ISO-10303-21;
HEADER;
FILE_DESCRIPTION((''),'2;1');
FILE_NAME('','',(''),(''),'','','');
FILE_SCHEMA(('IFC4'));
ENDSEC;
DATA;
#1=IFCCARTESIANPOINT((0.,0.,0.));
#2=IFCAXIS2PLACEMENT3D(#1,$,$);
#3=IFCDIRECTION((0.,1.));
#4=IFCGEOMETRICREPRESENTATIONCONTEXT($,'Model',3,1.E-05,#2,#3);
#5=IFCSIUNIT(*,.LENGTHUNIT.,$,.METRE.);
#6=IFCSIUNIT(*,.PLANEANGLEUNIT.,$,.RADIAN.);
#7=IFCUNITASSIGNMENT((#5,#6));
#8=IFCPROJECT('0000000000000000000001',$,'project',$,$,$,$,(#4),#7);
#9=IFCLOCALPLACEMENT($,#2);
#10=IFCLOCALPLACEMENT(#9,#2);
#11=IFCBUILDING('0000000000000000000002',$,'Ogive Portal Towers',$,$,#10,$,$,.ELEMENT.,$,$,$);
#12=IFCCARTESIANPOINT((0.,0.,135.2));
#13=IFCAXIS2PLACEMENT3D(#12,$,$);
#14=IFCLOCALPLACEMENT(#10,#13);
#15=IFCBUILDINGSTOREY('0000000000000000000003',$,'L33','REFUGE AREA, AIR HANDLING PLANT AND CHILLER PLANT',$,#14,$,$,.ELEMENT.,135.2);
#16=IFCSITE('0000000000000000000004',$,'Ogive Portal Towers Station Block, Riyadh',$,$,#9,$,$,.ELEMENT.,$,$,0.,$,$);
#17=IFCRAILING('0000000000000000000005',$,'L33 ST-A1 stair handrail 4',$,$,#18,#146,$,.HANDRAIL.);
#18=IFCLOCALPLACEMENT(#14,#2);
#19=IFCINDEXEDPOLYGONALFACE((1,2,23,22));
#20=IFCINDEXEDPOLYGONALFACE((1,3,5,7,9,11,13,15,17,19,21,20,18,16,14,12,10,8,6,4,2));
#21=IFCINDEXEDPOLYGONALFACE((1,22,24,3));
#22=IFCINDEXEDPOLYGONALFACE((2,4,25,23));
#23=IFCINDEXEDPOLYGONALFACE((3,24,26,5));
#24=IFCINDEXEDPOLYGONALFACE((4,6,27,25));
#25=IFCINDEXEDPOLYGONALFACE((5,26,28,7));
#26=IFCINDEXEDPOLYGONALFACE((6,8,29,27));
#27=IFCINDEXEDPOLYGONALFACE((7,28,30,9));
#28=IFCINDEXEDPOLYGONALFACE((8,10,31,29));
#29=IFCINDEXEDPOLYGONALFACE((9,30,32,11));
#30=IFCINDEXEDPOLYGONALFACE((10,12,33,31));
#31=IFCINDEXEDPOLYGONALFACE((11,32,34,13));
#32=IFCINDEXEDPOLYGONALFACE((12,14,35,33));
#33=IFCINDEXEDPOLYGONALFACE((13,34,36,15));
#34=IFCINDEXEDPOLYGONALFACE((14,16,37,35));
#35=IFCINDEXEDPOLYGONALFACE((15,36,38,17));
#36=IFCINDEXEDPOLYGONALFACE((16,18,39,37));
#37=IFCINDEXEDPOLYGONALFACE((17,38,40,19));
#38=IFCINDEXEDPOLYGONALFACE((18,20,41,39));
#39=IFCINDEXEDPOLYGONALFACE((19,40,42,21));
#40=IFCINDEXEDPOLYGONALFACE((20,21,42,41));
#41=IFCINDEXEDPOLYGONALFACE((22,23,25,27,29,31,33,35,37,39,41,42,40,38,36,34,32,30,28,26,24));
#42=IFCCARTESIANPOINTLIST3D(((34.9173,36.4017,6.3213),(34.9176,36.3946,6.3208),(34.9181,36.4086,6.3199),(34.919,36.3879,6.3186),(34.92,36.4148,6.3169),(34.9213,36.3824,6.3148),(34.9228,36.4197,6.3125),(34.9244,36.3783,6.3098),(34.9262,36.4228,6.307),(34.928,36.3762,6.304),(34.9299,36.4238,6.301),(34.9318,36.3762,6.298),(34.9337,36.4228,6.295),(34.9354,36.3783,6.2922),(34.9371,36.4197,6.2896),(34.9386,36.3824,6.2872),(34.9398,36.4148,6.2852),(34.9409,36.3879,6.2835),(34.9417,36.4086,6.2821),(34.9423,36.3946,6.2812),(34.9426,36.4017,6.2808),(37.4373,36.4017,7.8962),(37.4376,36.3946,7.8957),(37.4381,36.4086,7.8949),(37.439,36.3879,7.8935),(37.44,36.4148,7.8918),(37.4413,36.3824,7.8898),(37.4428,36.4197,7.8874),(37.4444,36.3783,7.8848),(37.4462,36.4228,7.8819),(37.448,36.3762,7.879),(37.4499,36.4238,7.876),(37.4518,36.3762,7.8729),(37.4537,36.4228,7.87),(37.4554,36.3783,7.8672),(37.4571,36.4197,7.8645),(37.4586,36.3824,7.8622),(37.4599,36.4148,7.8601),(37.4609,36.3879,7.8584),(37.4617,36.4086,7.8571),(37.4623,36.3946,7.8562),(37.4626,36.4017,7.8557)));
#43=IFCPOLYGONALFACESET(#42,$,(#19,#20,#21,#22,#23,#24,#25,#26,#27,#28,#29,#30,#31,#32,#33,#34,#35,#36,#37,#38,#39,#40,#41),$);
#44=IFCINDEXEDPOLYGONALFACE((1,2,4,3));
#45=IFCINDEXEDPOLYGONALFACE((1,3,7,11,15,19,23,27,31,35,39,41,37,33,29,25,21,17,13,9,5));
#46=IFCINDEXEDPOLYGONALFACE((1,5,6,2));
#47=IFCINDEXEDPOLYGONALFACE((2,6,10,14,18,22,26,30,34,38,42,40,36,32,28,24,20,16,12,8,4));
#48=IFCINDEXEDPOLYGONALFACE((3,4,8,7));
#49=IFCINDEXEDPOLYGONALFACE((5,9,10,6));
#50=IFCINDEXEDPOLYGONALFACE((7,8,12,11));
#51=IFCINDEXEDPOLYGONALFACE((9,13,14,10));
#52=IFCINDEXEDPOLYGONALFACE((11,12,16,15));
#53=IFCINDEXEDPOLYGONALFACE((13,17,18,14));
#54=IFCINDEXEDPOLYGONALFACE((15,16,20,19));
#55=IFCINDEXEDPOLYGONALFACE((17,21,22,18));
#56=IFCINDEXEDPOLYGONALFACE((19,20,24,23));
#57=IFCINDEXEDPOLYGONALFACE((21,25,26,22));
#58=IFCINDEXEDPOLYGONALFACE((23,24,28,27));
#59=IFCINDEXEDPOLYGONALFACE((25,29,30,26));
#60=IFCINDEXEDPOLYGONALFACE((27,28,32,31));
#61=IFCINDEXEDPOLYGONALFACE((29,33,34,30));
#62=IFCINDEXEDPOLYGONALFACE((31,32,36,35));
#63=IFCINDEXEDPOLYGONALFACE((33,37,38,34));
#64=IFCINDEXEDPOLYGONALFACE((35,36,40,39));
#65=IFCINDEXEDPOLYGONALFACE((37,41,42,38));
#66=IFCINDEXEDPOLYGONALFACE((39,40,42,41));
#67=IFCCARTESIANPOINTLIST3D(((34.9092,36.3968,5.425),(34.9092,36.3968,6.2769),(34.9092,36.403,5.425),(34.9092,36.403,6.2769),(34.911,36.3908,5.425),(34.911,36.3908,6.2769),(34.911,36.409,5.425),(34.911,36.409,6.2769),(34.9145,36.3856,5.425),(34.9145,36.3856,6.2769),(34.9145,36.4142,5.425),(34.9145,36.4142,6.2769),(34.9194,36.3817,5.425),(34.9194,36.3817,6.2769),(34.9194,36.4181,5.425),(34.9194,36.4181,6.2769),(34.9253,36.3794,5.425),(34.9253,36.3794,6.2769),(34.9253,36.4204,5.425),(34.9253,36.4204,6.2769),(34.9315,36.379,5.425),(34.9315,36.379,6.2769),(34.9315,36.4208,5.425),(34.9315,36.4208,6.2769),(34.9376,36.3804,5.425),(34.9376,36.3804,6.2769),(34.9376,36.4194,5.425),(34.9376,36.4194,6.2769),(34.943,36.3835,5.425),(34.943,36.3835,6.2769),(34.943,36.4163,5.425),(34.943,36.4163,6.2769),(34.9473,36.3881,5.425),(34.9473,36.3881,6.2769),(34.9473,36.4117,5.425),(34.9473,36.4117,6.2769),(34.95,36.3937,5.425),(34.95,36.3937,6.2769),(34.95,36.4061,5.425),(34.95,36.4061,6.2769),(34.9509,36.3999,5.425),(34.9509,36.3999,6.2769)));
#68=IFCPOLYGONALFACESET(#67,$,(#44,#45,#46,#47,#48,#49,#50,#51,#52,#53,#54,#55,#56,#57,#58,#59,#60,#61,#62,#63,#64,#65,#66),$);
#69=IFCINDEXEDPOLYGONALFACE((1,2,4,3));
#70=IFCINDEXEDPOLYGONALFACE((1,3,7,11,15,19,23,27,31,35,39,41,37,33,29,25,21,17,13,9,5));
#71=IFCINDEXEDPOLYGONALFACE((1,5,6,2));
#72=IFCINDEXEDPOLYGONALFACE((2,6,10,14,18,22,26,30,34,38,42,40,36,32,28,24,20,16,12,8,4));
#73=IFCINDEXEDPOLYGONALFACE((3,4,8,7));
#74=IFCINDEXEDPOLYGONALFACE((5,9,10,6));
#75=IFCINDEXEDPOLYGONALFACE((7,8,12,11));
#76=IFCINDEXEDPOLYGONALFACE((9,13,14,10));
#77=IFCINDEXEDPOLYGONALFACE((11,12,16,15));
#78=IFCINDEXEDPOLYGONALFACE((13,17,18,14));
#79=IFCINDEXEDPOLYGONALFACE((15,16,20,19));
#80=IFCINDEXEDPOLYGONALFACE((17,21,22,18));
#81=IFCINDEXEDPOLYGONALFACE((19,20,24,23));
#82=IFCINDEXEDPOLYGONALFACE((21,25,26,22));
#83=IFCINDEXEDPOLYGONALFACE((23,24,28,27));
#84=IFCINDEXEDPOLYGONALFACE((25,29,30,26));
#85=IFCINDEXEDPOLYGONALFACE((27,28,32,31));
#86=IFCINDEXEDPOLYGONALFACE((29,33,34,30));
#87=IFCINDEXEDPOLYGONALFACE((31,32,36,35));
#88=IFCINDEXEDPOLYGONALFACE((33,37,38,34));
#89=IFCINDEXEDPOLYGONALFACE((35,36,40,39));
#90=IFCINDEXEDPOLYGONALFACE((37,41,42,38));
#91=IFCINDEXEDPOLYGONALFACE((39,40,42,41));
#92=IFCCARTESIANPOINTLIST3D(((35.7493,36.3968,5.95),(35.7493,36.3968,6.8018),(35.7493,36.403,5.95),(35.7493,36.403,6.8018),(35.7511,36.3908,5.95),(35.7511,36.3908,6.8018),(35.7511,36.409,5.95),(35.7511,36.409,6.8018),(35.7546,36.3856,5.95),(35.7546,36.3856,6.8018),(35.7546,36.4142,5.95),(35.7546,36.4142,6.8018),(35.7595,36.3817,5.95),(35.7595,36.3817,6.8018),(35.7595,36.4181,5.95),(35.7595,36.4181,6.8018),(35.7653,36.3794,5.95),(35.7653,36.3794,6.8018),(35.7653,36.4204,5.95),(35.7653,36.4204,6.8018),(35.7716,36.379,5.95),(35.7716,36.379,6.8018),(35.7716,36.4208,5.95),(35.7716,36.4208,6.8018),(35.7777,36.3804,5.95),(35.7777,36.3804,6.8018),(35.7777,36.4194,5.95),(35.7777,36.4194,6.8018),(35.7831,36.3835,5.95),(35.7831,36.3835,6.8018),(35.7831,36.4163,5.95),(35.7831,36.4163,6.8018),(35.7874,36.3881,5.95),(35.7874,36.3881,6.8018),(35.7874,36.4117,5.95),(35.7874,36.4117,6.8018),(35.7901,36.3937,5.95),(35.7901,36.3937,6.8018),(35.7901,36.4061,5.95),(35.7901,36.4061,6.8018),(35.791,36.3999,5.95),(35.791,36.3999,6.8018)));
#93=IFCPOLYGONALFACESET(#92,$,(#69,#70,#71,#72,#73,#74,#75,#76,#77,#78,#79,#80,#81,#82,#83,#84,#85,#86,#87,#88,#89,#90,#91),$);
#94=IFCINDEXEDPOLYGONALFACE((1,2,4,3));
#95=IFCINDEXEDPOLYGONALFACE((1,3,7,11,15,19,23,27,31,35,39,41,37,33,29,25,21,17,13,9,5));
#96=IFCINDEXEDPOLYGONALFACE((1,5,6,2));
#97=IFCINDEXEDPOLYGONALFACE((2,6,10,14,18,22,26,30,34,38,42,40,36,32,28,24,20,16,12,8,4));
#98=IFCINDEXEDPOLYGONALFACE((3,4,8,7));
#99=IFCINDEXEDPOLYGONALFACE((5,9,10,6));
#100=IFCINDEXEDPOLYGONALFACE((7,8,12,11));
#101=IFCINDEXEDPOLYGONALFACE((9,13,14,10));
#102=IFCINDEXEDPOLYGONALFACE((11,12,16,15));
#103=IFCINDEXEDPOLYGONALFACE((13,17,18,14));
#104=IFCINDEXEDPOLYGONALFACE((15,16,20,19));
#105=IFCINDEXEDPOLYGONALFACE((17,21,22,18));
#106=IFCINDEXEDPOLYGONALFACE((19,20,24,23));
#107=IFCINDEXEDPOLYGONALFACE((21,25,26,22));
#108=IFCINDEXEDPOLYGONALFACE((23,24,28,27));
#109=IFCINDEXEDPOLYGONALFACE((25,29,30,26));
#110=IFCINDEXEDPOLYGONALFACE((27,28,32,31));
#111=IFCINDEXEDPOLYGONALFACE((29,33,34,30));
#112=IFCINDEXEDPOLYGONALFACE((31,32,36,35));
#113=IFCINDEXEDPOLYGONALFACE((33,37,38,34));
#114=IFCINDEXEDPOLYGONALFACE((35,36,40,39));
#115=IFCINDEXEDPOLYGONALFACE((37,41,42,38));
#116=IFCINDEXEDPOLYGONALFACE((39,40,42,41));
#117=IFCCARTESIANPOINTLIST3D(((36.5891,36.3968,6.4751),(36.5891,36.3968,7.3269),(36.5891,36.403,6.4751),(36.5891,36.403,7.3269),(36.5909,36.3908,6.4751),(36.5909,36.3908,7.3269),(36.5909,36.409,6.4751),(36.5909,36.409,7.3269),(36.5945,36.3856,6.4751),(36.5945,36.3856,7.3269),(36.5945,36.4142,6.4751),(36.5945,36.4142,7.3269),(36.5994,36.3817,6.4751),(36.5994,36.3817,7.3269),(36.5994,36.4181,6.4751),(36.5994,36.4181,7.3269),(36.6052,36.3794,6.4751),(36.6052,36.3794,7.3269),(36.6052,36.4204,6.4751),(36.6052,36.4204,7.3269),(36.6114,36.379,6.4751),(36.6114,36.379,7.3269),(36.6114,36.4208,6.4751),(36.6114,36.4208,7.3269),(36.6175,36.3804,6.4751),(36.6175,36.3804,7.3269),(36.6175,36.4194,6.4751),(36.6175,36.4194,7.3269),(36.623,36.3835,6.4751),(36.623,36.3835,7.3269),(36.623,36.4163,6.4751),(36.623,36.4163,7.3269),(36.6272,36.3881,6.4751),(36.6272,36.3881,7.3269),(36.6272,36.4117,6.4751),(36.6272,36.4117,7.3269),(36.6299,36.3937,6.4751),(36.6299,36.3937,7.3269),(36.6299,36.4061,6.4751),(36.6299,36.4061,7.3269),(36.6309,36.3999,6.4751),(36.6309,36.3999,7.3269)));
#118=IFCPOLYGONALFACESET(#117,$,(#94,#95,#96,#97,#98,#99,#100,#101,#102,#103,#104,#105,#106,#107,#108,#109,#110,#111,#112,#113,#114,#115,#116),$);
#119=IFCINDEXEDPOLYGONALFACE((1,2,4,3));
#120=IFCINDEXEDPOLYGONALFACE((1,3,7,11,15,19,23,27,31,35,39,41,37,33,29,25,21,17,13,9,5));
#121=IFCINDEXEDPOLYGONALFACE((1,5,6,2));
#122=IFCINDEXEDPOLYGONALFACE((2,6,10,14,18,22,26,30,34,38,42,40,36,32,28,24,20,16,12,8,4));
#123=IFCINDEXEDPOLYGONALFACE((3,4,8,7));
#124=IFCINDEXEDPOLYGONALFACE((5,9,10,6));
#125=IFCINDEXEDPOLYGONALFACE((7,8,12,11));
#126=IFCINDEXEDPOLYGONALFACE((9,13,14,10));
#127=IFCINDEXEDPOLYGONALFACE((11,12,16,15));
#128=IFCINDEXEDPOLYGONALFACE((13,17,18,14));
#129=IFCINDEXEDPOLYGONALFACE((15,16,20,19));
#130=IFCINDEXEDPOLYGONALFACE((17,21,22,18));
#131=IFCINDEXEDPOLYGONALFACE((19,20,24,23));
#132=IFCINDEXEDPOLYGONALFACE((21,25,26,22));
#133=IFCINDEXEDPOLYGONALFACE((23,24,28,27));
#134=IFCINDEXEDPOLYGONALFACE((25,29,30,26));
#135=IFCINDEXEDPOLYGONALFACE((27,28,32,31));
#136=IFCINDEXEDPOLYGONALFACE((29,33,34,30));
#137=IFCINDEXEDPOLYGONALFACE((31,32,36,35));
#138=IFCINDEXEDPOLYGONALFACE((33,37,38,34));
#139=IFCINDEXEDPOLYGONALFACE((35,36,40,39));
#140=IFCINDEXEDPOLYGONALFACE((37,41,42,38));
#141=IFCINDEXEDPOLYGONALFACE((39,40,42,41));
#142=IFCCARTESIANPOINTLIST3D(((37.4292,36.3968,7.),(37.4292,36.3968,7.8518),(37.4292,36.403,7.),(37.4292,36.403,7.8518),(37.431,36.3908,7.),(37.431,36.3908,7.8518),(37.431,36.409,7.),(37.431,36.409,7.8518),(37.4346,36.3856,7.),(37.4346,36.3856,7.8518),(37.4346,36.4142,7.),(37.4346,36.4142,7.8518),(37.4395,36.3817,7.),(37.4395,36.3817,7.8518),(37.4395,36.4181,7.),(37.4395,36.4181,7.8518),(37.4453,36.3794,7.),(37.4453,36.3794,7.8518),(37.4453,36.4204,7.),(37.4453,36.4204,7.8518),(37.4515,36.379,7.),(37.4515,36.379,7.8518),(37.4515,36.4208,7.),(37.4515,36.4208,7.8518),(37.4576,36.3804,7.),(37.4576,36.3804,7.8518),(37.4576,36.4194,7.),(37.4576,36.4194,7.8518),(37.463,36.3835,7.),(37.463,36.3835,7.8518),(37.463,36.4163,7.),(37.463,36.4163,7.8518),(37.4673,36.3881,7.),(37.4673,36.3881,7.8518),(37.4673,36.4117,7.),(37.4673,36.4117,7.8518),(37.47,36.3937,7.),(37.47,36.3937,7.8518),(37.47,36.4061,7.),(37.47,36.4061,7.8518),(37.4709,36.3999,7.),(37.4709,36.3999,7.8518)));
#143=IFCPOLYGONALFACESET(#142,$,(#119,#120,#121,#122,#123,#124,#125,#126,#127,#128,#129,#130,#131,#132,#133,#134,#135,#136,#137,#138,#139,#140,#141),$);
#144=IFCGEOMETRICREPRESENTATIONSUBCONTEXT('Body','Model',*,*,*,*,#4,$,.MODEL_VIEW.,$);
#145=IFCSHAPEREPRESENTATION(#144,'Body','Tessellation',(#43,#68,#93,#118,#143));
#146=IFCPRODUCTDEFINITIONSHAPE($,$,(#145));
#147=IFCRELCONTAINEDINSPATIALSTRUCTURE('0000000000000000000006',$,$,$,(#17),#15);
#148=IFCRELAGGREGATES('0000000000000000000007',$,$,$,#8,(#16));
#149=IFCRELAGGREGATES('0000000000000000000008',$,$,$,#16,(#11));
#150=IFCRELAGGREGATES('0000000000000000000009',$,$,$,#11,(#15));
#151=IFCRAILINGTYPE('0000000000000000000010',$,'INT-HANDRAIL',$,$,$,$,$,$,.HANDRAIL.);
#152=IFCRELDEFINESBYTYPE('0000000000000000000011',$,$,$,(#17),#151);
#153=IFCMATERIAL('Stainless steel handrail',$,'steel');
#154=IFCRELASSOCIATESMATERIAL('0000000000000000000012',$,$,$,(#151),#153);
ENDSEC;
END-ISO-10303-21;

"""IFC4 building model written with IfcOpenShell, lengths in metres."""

from ifc_helpers import new_model, si_unit, direction, frame, origin, origin_2d, place, context, subcontext, project, spatial, circle, extrude, material, type_object, element, save


model = new_model("IFC4")

# Units and contexts
model_context = context("Model", 3, precision=1e-05, world=origin(), true_north=direction((0.0, 1.0)))
body_context = subcontext(model_context, "Body", "Model", "MODEL_VIEW")
ifc_project = project(units=[si_unit("LENGTHUNIT", "METRE"), si_unit("PLANEANGLEUNIT", "RADIAN")], contexts=[model_context])

# Site, building, storey
site_placement = place(None, origin())
site = spatial("IfcSite", under=ifc_project, at=site_placement, Name="Ogive Portal Towers Station Block, Riyadh", CompositionType="ELEMENT", RefElevation=0.0)
building_placement = place(site_placement, origin())
building = spatial("IfcBuilding", under=site, at=building_placement, Name="Ogive Portal Towers", CompositionType="ELEMENT")
storey_placement = place(building_placement, frame((0.0, 0.0, 135.2)))
storey = spatial("IfcBuildingStorey", under=building, at=storey_placement, Name="L33", Description="REFUGE AREA, AIR HANDLING PLANT AND CHILLER PLANT", CompositionType="ELEMENT", Elevation=135.2)

# Railing
ifc_material_1 = material(Name="Stainless steel handrail", Category="steel")
railing_type_1 = type_object("IfcRailingType", Name="INT-HANDRAIL", PredefinedType="HANDRAIL", material=ifc_material_1)
railing_1_placement = place(storey_placement, frame((34.9299, 36.3999, 5.425)))
element("IfcRailing", 1, at=railing_1_placement, inside=storey, type_object=railing_type_1, Name="L33 ST-A1 stair handrail 4", PredefinedType="HANDRAIL", context=body_context, shape_type="SweptSolid", body=[
    extrude(circle(Radius=0.0239, at=origin_2d()), frame((0.0, 0.0, 0.876), z_axis=(0.848008, 0.0, 0.529984), x_axis=(0.0, 1.0, 0.0)), (0.0, 0.0, 1.0), 2.9717),
    extrude(circle(Radius=0.021, at=origin_2d()), origin(), (0.0, 0.0, 1.0), 0.8518),
    extrude(circle(Radius=0.021, at=origin_2d()), frame((0.8401, 0.0, 0.5249)), (0.0, 0.0, 1.0), 0.8518),
    extrude(circle(Radius=0.021, at=origin_2d()), frame((1.6799, 0.0, 1.05)), (0.0, 0.0, 1.0), 0.8518),
    extrude(circle(Radius=0.021, at=origin_2d()), frame((2.52, 0.0, 1.575)), (0.0, 0.0, 1.0), 0.8518),
])

save(model, "model.ifc")
